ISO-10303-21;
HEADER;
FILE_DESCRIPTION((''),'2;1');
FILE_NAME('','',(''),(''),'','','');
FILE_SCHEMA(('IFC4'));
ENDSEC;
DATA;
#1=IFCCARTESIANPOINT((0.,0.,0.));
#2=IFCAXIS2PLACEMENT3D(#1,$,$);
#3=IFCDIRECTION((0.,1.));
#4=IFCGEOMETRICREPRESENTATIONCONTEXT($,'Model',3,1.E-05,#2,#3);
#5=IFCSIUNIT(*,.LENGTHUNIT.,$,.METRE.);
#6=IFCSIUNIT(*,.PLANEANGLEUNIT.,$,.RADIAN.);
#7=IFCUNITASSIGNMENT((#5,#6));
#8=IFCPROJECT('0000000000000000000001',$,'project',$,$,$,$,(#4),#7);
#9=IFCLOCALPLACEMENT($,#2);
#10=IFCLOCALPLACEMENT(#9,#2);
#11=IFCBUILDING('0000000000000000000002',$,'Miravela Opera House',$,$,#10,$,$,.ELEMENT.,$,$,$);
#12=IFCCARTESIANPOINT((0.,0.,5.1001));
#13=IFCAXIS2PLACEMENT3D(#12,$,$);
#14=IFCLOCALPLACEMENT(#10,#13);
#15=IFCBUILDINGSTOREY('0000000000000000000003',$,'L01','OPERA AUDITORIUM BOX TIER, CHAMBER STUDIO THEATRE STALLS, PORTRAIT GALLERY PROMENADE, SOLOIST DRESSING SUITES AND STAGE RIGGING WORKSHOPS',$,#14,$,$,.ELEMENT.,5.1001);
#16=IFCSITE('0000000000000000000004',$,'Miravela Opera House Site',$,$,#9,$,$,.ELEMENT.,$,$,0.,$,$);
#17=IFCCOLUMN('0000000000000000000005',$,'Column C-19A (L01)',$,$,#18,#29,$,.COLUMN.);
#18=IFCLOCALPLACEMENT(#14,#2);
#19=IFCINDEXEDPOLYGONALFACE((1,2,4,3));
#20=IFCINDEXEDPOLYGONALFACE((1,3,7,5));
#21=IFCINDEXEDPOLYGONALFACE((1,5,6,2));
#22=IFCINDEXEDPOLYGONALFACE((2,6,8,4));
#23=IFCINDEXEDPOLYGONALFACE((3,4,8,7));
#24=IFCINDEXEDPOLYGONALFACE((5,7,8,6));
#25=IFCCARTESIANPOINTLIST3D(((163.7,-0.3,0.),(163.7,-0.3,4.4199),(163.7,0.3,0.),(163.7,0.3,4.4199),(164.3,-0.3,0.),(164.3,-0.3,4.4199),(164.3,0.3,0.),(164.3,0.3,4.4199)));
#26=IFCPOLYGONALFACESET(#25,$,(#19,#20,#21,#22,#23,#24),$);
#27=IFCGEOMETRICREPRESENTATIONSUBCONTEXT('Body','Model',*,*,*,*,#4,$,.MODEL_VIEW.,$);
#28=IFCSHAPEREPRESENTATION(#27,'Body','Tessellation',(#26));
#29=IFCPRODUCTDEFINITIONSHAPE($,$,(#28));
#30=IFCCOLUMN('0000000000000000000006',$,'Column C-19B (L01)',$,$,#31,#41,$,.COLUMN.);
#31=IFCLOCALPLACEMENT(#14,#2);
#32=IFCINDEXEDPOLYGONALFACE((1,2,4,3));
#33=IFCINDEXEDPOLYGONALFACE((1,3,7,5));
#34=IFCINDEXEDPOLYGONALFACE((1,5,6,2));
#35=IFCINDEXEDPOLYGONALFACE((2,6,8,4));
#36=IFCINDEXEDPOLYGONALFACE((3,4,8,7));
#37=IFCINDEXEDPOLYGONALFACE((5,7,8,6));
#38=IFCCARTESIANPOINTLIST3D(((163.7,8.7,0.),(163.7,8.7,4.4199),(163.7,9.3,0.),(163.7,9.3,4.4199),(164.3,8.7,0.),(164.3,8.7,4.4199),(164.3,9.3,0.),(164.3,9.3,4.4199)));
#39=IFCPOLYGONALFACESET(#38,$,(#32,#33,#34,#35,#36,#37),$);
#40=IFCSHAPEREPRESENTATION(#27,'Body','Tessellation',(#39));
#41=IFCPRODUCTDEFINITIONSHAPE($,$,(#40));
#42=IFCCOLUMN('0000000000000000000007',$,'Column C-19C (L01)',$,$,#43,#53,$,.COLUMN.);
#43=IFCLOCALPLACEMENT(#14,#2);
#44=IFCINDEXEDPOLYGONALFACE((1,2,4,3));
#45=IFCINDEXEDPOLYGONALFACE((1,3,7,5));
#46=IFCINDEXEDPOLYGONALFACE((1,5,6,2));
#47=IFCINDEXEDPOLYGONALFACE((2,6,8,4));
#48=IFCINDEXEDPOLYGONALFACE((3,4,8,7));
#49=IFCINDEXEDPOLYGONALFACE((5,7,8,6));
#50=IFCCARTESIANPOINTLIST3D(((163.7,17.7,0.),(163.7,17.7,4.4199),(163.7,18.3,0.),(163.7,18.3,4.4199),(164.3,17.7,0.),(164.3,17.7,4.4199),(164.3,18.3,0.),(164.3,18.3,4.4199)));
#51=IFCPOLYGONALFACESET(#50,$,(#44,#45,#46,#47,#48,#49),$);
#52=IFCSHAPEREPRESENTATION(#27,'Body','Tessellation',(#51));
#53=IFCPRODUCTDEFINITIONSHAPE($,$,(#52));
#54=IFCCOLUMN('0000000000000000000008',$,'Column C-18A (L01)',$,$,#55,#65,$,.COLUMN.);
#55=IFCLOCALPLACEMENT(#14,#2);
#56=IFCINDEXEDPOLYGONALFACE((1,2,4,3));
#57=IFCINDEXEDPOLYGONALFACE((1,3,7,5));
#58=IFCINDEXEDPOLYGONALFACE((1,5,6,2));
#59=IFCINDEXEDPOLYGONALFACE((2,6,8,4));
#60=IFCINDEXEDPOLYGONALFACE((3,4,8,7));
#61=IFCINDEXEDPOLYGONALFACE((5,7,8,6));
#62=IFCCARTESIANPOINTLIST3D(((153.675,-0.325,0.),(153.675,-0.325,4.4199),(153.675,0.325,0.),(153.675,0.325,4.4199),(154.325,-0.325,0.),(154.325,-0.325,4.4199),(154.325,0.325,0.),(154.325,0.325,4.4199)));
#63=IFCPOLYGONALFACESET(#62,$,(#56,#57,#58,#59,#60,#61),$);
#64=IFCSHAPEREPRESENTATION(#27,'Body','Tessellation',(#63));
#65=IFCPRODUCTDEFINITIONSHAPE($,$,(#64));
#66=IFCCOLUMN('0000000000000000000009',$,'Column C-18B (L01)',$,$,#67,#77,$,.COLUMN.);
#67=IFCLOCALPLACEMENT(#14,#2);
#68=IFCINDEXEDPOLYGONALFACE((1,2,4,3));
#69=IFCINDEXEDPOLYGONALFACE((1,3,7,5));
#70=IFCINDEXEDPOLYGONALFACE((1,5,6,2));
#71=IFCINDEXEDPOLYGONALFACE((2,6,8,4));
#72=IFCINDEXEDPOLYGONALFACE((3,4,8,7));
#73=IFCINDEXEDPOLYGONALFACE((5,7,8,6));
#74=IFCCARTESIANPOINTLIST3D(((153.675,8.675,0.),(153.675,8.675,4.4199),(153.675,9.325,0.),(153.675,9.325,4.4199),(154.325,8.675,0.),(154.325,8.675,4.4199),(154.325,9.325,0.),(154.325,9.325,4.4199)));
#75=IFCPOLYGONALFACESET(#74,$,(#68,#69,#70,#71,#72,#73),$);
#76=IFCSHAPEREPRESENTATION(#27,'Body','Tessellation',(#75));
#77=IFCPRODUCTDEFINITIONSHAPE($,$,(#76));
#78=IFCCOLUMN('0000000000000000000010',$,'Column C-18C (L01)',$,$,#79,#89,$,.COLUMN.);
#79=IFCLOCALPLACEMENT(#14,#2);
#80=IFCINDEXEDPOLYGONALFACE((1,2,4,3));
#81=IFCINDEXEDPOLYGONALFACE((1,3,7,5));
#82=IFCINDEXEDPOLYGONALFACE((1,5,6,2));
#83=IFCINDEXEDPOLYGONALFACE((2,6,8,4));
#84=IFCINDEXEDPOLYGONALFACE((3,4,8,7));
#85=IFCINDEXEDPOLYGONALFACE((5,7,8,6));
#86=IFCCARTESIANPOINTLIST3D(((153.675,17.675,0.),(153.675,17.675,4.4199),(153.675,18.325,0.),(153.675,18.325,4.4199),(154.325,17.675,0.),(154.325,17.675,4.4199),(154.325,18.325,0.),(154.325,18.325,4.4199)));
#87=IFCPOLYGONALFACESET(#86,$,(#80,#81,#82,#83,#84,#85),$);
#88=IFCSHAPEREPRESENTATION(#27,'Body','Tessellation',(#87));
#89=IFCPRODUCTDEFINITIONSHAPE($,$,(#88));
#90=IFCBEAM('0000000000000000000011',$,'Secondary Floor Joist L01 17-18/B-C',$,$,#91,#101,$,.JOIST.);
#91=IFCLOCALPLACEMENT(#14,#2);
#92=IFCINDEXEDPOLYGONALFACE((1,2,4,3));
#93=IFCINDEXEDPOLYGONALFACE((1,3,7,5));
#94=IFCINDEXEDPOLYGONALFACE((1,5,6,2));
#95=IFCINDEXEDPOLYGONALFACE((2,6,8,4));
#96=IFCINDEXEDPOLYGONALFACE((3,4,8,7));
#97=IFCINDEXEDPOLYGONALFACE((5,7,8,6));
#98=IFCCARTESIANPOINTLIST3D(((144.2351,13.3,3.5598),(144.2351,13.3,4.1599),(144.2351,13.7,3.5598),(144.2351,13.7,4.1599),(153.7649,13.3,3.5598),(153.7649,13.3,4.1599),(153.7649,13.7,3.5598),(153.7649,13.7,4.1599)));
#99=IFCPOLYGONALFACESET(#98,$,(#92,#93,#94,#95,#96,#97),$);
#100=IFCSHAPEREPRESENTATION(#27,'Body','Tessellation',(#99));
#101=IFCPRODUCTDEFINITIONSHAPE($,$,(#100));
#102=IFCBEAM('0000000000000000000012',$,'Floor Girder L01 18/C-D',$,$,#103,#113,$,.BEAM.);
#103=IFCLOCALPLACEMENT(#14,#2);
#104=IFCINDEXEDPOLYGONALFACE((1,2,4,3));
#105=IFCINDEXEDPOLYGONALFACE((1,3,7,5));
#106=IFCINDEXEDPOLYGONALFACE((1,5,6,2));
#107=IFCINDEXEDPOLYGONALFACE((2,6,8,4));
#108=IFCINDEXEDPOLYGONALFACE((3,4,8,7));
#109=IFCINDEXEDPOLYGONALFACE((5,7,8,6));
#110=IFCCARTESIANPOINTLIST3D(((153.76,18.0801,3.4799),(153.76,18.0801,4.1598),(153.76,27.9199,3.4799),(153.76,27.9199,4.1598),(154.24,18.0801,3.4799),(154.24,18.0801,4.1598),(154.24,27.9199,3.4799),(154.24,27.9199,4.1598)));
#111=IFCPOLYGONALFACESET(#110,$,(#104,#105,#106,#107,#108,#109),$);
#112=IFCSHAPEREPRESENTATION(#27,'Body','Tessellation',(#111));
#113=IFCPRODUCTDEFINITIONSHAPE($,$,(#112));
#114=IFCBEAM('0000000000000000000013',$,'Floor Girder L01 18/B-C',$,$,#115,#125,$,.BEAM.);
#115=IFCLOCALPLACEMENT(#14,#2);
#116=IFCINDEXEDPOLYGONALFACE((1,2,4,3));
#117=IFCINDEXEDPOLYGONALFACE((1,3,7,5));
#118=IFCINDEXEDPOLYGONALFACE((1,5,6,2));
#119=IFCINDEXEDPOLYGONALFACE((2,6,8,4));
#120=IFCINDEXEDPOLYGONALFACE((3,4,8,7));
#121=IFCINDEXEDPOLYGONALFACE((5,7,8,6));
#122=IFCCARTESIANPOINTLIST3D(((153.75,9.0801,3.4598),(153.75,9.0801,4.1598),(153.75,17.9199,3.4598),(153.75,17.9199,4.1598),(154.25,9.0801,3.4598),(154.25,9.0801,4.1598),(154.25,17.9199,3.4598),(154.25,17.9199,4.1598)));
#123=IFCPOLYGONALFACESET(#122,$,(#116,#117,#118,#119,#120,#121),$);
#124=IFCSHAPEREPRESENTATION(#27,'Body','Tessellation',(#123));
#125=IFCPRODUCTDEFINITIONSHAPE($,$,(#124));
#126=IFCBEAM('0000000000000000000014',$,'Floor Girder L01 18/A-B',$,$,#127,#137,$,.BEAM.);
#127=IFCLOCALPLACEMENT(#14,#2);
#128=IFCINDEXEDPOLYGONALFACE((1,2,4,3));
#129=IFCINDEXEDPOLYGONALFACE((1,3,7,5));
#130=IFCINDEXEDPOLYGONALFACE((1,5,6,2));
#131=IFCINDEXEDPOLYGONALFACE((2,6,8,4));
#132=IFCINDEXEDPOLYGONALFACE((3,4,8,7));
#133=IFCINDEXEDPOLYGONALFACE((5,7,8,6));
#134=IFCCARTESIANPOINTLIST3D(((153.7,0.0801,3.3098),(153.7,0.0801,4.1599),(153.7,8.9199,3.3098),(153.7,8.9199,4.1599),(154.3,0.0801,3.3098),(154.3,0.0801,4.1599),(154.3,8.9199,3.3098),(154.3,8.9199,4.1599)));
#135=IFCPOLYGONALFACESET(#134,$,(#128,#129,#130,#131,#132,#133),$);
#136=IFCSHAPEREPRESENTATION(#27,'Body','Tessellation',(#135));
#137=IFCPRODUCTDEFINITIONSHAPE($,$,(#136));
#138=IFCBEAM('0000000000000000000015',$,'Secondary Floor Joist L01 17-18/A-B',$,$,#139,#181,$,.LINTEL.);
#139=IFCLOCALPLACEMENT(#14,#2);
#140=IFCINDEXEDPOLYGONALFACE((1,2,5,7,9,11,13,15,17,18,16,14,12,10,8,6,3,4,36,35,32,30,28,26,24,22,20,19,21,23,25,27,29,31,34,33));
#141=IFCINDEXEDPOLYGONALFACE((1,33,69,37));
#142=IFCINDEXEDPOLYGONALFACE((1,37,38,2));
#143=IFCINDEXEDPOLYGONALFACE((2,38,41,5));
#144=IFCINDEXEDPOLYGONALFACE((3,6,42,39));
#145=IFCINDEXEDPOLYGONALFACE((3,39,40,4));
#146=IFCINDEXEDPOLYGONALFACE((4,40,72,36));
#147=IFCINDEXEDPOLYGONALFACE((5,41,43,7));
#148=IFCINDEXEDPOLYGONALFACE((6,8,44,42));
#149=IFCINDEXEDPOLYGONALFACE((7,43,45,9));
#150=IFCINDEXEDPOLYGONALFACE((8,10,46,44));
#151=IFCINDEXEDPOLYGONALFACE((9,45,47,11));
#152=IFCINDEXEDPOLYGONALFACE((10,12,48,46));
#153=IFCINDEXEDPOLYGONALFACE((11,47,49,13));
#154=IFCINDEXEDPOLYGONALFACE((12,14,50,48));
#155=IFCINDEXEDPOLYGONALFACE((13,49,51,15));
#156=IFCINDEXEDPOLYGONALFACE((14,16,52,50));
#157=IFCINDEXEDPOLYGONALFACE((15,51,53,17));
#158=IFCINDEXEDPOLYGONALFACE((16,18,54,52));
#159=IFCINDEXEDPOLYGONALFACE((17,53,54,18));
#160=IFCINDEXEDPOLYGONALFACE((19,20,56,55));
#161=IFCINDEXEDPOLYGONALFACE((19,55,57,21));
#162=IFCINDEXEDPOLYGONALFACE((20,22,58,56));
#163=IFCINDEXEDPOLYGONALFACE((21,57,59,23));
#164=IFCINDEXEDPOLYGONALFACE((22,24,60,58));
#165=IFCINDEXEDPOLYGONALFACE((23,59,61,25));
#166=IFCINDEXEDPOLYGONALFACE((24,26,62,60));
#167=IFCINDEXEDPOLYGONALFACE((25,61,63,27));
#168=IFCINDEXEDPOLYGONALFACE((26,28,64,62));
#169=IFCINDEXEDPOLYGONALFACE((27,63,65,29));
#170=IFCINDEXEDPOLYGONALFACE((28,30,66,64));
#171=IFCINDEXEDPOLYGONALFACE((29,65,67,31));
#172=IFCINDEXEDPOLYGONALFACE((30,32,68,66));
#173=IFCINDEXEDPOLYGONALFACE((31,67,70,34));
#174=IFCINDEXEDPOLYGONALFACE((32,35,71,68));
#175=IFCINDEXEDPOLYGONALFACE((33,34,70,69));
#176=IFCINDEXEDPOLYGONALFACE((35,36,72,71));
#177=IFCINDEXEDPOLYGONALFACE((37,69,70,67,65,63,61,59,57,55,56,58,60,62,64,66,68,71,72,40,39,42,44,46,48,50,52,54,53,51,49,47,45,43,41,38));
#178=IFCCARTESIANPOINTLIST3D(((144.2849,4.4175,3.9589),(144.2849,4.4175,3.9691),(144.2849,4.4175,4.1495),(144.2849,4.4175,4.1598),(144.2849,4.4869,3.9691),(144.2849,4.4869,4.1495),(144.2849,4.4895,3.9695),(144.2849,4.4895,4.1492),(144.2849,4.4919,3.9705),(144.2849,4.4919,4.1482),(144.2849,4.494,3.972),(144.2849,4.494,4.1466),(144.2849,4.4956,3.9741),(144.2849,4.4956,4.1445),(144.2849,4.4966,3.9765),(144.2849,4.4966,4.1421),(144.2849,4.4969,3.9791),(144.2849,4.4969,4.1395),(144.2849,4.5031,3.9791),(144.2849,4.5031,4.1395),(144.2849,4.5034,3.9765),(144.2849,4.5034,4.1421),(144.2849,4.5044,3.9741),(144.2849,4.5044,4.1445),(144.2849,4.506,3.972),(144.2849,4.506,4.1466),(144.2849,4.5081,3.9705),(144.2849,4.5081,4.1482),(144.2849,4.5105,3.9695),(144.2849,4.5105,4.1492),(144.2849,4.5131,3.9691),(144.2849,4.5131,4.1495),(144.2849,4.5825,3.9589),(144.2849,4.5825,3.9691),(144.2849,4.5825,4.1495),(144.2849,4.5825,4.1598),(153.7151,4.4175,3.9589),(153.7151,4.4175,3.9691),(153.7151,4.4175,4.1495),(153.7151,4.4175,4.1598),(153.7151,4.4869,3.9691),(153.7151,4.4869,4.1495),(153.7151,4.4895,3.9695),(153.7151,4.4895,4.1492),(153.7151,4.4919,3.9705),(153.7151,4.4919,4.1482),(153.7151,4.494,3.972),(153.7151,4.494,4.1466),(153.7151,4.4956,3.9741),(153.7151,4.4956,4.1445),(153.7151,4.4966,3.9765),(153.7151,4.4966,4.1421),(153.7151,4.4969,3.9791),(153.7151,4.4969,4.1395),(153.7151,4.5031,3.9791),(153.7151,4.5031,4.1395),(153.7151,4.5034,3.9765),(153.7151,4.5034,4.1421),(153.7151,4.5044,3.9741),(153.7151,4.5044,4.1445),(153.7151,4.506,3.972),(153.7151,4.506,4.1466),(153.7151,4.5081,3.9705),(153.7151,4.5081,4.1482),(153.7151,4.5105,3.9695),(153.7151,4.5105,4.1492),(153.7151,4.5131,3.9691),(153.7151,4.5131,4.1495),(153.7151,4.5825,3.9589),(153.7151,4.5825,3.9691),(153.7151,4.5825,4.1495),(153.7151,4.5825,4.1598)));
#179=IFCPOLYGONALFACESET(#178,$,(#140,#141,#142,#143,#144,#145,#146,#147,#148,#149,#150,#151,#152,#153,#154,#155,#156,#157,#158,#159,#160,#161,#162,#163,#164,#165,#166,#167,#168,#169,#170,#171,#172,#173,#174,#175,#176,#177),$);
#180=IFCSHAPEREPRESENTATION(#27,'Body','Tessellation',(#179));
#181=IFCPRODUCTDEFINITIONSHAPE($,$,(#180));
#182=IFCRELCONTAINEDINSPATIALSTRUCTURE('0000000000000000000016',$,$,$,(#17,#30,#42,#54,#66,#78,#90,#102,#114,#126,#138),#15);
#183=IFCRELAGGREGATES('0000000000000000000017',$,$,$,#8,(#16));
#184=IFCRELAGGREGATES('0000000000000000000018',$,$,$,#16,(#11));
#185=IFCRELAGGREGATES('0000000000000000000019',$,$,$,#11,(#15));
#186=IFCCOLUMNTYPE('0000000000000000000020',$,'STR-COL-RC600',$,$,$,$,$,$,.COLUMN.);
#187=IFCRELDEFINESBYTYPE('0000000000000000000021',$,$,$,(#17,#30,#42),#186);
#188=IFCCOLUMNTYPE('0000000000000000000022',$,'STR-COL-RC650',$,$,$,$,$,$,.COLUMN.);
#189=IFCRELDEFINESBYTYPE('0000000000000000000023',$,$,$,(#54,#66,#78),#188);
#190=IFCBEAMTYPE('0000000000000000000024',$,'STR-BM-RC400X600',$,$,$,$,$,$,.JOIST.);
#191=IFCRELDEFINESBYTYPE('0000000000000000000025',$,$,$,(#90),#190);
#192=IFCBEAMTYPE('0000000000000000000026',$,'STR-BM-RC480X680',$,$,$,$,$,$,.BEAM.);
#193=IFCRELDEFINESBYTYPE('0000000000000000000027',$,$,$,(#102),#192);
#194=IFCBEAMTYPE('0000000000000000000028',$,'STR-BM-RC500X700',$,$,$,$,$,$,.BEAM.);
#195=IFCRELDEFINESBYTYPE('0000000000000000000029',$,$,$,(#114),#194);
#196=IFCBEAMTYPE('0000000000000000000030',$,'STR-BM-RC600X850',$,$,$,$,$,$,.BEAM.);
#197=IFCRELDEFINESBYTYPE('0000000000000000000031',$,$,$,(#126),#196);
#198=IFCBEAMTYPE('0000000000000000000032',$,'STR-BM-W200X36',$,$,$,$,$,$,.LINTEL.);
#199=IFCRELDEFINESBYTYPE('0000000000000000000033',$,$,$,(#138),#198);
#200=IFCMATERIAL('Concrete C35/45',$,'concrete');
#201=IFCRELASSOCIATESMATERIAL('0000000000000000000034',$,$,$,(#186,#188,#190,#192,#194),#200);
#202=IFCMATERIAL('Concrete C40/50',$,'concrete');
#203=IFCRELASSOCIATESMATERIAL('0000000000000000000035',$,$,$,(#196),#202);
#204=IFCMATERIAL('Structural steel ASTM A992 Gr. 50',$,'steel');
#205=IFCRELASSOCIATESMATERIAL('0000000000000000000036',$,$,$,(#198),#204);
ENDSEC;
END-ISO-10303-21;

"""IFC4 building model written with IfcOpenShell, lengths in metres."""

from ifc_helpers import new_model, si_unit, direction, frame, origin, origin_2d, place, context, subcontext, project, spatial, rectangle, i_section, extrude, material, material_profile, profile_set, type_object, element, save


model = new_model("IFC4")

# Units and contexts
model_context = context("Model", 3, precision=1e-05, world=origin(), true_north=direction((0.0, 1.0)))
body_context = subcontext(model_context, "Body", "Model", "MODEL_VIEW")
ifc_project = project(units=[si_unit("LENGTHUNIT", "METRE"), si_unit("PLANEANGLEUNIT", "RADIAN")], contexts=[model_context])

# Site, building, storey
site_placement = place(None, origin())
site = spatial("IfcSite", under=ifc_project, at=site_placement, Name="Miravela Opera House Site", CompositionType="ELEMENT", RefElevation=0.0)
building_placement = place(site_placement, origin())
building = spatial("IfcBuilding", under=site, at=building_placement, Name="Miravela Opera House", CompositionType="ELEMENT")
storey_placement = place(building_placement, frame((0.0, 0.0, 5.1001)))
storey = spatial("IfcBuildingStorey", under=building, at=storey_placement, Name="L01", Description="OPERA AUDITORIUM BOX TIER, CHAMBER STUDIO THEATRE STALLS, PORTRAIT GALLERY PROMENADE, SOLOIST DRESSING SUITES AND STAGE RIGGING WORKSHOPS", CompositionType="ELEMENT", Elevation=5.1001)

# Columns
ifc_material_1 = material(Name="Concrete C35/45", Category="concrete")
ifc_material_profile_1 = material_profile(ifc_material_1, rectangle(XDim=0.6001, YDim=0.6001, at=origin_2d()), Name="RC-COL-600X600")
ifc_profile_set_1 = profile_set([ifc_material_profile_1])
column_type_1 = type_object("IfcColumnType", Name="STR-COL-RC600", PredefinedType="COLUMN", material=ifc_profile_set_1)
for number, where, z_axis, x_axis, name in (
    (1, (164.0, 0.0, 0.0), (0.0, 0.0, 1.0), (1.0, 0.0, 0.0), "Column C-19A (L01)"),
    (2, (164.0, 9.0, 0.0), (0.0, 0.0, 1.0), (1.0, 0.0, 0.0), "Column C-19B (L01)"),
    (3, (164.0, 18.0, 0.0), (0.0, 0.0, 1.0), (1.0, 0.0, 0.0), "Column C-19C (L01)"),
):
    element("IfcColumn", number, at=place(storey_placement, frame(where, z_axis=z_axis, x_axis=x_axis)), inside=storey, type_object=column_type_1, Name=name, PredefinedType="COLUMN", context=body_context, shape_type="SweptSolid", body=[
        extrude(rectangle(XDim=0.6001, YDim=0.6001, at=origin_2d()), origin(), (0.0, 0.0, 1.0), 4.4199),
    ])
ifc_material_profile_2 = material_profile(ifc_material_1, rectangle(XDim=0.6499, YDim=0.6499, at=origin_2d()), Name="RC-COL-650X650")
ifc_profile_set_2 = profile_set([ifc_material_profile_2])
column_type_2 = type_object("IfcColumnType", Name="STR-COL-RC650", PredefinedType="COLUMN", material=ifc_profile_set_2)
for number, where, z_axis, x_axis, name in (
    (4, (154.0, 0.0, 0.0), (0.0, 0.0, 1.0), (1.0, 0.0, 0.0), "Column C-18A (L01)"),
    (5, (154.0, 9.0, 0.0), (0.0, 0.0, 1.0), (1.0, 0.0, 0.0), "Column C-18B (L01)"),
    (6, (154.0, 18.0, 0.0), (0.0, 0.0, 1.0), (1.0, 0.0, 0.0), "Column C-18C (L01)"),
):
    element("IfcColumn", number, at=place(storey_placement, frame(where, z_axis=z_axis, x_axis=x_axis)), inside=storey, type_object=column_type_2, Name=name, PredefinedType="COLUMN", context=body_context, shape_type="SweptSolid", body=[
        extrude(rectangle(XDim=0.6499, YDim=0.6499, at=origin_2d()), origin(), (0.0, 0.0, 1.0), 4.4199),
    ])

# Beams
ifc_material_profile_3 = material_profile(ifc_material_1, rectangle(XDim=0.3999, YDim=0.6001, at=origin_2d()), Name="RC-BM-400X600")
ifc_profile_set_3 = profile_set([ifc_material_profile_3])
beam_type_1 = type_object("IfcBeamType", Name="STR-BM-RC400X600", PredefinedType="JOIST", material=ifc_profile_set_3)
beam_1_placement = place(storey_placement, frame((144.2351, 13.5, 3.8599), z_axis=(1.0, 0.0, 0.0), x_axis=(0.0, 1.0, 0.0)))
element("IfcBeam", 7, at=beam_1_placement, inside=storey, type_object=beam_type_1, Name="Secondary Floor Joist L01 17-18/B-C", PredefinedType="JOIST", context=body_context, shape_type="SweptSolid", body=[
    extrude(rectangle(XDim=0.3999, YDim=0.6001, at=origin_2d()), origin(), (0.0, 0.0, 1.0), 9.5298),
])
ifc_material_profile_4 = material_profile(ifc_material_1, rectangle(XDim=0.48, YDim=0.6799, at=origin_2d()), Name="RC-BM-480X680")
ifc_profile_set_4 = profile_set([ifc_material_profile_4])
beam_type_2 = type_object("IfcBeamType", Name="STR-BM-RC480X680", PredefinedType="BEAM", material=ifc_profile_set_4)
beam_2_placement = place(storey_placement, frame((154.0, 18.0801, 3.8198), z_axis=(0.0, 1.0, 0.0), x_axis=(-1.0, 0.0, 0.0)))
element("IfcBeam", 8, at=beam_2_placement, inside=storey, type_object=beam_type_2, Name="Floor Girder L01 18/C-D", PredefinedType="BEAM", context=body_context, shape_type="SweptSolid", body=[
    extrude(rectangle(XDim=0.48, YDim=0.6799, at=origin_2d()), origin(), (0.0, 0.0, 1.0), 9.8398),
])
ifc_material_profile_5 = material_profile(ifc_material_1, rectangle(XDim=0.5, YDim=0.7, at=origin_2d()), Name="RC-BM-500X700")
ifc_profile_set_5 = profile_set([ifc_material_profile_5])
beam_type_3 = type_object("IfcBeamType", Name="STR-BM-RC500X700", PredefinedType="BEAM", material=ifc_profile_set_5)
beam_3_placement = place(storey_placement, frame((154.0, 9.0801, 3.8098), z_axis=(0.0, 1.0, 0.0), x_axis=(-1.0, 0.0, 0.0)))
element("IfcBeam", 9, at=beam_3_placement, inside=storey, type_object=beam_type_3, Name="Floor Girder L01 18/B-C", PredefinedType="BEAM", context=body_context, shape_type="SweptSolid", body=[
    extrude(rectangle(XDim=0.5, YDim=0.7, at=origin_2d()), origin(), (0.0, 0.0, 1.0), 8.8398),
])
ifc_material_2 = material(Name="Concrete C40/50", Category="concrete")
ifc_material_profile_6 = material_profile(ifc_material_2, rectangle(XDim=0.6001, YDim=0.8501, at=origin_2d()), Name="RC-BM-600X850")
ifc_profile_set_6 = profile_set([ifc_material_profile_6])
beam_type_4 = type_object("IfcBeamType", Name="STR-BM-RC600X850", PredefinedType="BEAM", material=ifc_profile_set_6)
beam_4_placement = place(storey_placement, frame((154.0, 0.0801, 3.7349), z_axis=(0.0, 1.0, 0.0), x_axis=(-1.0, 0.0, 0.0)))
element("IfcBeam", 10, at=beam_4_placement, inside=storey, type_object=beam_type_4, Name="Floor Girder L01 18/A-B", PredefinedType="BEAM", context=body_context, shape_type="SweptSolid", body=[
    extrude(rectangle(XDim=0.6001, YDim=0.8501, at=origin_2d()), origin(), (0.0, 0.0, 1.0), 8.8398),
])
ifc_material_3 = material(Name="Structural steel ASTM A992 Gr. 50", Category="steel")
ifc_material_profile_7 = material_profile(ifc_material_3, i_section(OverallWidth=0.165, OverallDepth=0.2009, WebThickness=0.0061, FlangeThickness=0.0103, FilletRadius=0.01, at=origin_2d()), Name="W200X36")
ifc_profile_set_7 = profile_set([ifc_material_profile_7])
beam_type_5 = type_object("IfcBeamType", Name="STR-BM-W200X36", PredefinedType="LINTEL", material=ifc_profile_set_7)
beam_5_placement = place(storey_placement, frame((144.2849, 4.5, 4.0593), z_axis=(1.0, 0.0, 0.0), x_axis=(0.0, 1.0, 0.0)))
element("IfcBeam", 11, at=beam_5_placement, inside=storey, type_object=beam_type_5, Name="Secondary Floor Joist L01 17-18/A-B", PredefinedType="LINTEL", context=body_context, shape_type="SweptSolid", body=[
    extrude(i_section(OverallWidth=0.165, OverallDepth=0.2009, WebThickness=0.0061, FlangeThickness=0.0103, FilletRadius=0.01, at=origin_2d()), origin(), (0.0, 0.0, 1.0), 9.4302),
])

save(model, "model.ifc")
